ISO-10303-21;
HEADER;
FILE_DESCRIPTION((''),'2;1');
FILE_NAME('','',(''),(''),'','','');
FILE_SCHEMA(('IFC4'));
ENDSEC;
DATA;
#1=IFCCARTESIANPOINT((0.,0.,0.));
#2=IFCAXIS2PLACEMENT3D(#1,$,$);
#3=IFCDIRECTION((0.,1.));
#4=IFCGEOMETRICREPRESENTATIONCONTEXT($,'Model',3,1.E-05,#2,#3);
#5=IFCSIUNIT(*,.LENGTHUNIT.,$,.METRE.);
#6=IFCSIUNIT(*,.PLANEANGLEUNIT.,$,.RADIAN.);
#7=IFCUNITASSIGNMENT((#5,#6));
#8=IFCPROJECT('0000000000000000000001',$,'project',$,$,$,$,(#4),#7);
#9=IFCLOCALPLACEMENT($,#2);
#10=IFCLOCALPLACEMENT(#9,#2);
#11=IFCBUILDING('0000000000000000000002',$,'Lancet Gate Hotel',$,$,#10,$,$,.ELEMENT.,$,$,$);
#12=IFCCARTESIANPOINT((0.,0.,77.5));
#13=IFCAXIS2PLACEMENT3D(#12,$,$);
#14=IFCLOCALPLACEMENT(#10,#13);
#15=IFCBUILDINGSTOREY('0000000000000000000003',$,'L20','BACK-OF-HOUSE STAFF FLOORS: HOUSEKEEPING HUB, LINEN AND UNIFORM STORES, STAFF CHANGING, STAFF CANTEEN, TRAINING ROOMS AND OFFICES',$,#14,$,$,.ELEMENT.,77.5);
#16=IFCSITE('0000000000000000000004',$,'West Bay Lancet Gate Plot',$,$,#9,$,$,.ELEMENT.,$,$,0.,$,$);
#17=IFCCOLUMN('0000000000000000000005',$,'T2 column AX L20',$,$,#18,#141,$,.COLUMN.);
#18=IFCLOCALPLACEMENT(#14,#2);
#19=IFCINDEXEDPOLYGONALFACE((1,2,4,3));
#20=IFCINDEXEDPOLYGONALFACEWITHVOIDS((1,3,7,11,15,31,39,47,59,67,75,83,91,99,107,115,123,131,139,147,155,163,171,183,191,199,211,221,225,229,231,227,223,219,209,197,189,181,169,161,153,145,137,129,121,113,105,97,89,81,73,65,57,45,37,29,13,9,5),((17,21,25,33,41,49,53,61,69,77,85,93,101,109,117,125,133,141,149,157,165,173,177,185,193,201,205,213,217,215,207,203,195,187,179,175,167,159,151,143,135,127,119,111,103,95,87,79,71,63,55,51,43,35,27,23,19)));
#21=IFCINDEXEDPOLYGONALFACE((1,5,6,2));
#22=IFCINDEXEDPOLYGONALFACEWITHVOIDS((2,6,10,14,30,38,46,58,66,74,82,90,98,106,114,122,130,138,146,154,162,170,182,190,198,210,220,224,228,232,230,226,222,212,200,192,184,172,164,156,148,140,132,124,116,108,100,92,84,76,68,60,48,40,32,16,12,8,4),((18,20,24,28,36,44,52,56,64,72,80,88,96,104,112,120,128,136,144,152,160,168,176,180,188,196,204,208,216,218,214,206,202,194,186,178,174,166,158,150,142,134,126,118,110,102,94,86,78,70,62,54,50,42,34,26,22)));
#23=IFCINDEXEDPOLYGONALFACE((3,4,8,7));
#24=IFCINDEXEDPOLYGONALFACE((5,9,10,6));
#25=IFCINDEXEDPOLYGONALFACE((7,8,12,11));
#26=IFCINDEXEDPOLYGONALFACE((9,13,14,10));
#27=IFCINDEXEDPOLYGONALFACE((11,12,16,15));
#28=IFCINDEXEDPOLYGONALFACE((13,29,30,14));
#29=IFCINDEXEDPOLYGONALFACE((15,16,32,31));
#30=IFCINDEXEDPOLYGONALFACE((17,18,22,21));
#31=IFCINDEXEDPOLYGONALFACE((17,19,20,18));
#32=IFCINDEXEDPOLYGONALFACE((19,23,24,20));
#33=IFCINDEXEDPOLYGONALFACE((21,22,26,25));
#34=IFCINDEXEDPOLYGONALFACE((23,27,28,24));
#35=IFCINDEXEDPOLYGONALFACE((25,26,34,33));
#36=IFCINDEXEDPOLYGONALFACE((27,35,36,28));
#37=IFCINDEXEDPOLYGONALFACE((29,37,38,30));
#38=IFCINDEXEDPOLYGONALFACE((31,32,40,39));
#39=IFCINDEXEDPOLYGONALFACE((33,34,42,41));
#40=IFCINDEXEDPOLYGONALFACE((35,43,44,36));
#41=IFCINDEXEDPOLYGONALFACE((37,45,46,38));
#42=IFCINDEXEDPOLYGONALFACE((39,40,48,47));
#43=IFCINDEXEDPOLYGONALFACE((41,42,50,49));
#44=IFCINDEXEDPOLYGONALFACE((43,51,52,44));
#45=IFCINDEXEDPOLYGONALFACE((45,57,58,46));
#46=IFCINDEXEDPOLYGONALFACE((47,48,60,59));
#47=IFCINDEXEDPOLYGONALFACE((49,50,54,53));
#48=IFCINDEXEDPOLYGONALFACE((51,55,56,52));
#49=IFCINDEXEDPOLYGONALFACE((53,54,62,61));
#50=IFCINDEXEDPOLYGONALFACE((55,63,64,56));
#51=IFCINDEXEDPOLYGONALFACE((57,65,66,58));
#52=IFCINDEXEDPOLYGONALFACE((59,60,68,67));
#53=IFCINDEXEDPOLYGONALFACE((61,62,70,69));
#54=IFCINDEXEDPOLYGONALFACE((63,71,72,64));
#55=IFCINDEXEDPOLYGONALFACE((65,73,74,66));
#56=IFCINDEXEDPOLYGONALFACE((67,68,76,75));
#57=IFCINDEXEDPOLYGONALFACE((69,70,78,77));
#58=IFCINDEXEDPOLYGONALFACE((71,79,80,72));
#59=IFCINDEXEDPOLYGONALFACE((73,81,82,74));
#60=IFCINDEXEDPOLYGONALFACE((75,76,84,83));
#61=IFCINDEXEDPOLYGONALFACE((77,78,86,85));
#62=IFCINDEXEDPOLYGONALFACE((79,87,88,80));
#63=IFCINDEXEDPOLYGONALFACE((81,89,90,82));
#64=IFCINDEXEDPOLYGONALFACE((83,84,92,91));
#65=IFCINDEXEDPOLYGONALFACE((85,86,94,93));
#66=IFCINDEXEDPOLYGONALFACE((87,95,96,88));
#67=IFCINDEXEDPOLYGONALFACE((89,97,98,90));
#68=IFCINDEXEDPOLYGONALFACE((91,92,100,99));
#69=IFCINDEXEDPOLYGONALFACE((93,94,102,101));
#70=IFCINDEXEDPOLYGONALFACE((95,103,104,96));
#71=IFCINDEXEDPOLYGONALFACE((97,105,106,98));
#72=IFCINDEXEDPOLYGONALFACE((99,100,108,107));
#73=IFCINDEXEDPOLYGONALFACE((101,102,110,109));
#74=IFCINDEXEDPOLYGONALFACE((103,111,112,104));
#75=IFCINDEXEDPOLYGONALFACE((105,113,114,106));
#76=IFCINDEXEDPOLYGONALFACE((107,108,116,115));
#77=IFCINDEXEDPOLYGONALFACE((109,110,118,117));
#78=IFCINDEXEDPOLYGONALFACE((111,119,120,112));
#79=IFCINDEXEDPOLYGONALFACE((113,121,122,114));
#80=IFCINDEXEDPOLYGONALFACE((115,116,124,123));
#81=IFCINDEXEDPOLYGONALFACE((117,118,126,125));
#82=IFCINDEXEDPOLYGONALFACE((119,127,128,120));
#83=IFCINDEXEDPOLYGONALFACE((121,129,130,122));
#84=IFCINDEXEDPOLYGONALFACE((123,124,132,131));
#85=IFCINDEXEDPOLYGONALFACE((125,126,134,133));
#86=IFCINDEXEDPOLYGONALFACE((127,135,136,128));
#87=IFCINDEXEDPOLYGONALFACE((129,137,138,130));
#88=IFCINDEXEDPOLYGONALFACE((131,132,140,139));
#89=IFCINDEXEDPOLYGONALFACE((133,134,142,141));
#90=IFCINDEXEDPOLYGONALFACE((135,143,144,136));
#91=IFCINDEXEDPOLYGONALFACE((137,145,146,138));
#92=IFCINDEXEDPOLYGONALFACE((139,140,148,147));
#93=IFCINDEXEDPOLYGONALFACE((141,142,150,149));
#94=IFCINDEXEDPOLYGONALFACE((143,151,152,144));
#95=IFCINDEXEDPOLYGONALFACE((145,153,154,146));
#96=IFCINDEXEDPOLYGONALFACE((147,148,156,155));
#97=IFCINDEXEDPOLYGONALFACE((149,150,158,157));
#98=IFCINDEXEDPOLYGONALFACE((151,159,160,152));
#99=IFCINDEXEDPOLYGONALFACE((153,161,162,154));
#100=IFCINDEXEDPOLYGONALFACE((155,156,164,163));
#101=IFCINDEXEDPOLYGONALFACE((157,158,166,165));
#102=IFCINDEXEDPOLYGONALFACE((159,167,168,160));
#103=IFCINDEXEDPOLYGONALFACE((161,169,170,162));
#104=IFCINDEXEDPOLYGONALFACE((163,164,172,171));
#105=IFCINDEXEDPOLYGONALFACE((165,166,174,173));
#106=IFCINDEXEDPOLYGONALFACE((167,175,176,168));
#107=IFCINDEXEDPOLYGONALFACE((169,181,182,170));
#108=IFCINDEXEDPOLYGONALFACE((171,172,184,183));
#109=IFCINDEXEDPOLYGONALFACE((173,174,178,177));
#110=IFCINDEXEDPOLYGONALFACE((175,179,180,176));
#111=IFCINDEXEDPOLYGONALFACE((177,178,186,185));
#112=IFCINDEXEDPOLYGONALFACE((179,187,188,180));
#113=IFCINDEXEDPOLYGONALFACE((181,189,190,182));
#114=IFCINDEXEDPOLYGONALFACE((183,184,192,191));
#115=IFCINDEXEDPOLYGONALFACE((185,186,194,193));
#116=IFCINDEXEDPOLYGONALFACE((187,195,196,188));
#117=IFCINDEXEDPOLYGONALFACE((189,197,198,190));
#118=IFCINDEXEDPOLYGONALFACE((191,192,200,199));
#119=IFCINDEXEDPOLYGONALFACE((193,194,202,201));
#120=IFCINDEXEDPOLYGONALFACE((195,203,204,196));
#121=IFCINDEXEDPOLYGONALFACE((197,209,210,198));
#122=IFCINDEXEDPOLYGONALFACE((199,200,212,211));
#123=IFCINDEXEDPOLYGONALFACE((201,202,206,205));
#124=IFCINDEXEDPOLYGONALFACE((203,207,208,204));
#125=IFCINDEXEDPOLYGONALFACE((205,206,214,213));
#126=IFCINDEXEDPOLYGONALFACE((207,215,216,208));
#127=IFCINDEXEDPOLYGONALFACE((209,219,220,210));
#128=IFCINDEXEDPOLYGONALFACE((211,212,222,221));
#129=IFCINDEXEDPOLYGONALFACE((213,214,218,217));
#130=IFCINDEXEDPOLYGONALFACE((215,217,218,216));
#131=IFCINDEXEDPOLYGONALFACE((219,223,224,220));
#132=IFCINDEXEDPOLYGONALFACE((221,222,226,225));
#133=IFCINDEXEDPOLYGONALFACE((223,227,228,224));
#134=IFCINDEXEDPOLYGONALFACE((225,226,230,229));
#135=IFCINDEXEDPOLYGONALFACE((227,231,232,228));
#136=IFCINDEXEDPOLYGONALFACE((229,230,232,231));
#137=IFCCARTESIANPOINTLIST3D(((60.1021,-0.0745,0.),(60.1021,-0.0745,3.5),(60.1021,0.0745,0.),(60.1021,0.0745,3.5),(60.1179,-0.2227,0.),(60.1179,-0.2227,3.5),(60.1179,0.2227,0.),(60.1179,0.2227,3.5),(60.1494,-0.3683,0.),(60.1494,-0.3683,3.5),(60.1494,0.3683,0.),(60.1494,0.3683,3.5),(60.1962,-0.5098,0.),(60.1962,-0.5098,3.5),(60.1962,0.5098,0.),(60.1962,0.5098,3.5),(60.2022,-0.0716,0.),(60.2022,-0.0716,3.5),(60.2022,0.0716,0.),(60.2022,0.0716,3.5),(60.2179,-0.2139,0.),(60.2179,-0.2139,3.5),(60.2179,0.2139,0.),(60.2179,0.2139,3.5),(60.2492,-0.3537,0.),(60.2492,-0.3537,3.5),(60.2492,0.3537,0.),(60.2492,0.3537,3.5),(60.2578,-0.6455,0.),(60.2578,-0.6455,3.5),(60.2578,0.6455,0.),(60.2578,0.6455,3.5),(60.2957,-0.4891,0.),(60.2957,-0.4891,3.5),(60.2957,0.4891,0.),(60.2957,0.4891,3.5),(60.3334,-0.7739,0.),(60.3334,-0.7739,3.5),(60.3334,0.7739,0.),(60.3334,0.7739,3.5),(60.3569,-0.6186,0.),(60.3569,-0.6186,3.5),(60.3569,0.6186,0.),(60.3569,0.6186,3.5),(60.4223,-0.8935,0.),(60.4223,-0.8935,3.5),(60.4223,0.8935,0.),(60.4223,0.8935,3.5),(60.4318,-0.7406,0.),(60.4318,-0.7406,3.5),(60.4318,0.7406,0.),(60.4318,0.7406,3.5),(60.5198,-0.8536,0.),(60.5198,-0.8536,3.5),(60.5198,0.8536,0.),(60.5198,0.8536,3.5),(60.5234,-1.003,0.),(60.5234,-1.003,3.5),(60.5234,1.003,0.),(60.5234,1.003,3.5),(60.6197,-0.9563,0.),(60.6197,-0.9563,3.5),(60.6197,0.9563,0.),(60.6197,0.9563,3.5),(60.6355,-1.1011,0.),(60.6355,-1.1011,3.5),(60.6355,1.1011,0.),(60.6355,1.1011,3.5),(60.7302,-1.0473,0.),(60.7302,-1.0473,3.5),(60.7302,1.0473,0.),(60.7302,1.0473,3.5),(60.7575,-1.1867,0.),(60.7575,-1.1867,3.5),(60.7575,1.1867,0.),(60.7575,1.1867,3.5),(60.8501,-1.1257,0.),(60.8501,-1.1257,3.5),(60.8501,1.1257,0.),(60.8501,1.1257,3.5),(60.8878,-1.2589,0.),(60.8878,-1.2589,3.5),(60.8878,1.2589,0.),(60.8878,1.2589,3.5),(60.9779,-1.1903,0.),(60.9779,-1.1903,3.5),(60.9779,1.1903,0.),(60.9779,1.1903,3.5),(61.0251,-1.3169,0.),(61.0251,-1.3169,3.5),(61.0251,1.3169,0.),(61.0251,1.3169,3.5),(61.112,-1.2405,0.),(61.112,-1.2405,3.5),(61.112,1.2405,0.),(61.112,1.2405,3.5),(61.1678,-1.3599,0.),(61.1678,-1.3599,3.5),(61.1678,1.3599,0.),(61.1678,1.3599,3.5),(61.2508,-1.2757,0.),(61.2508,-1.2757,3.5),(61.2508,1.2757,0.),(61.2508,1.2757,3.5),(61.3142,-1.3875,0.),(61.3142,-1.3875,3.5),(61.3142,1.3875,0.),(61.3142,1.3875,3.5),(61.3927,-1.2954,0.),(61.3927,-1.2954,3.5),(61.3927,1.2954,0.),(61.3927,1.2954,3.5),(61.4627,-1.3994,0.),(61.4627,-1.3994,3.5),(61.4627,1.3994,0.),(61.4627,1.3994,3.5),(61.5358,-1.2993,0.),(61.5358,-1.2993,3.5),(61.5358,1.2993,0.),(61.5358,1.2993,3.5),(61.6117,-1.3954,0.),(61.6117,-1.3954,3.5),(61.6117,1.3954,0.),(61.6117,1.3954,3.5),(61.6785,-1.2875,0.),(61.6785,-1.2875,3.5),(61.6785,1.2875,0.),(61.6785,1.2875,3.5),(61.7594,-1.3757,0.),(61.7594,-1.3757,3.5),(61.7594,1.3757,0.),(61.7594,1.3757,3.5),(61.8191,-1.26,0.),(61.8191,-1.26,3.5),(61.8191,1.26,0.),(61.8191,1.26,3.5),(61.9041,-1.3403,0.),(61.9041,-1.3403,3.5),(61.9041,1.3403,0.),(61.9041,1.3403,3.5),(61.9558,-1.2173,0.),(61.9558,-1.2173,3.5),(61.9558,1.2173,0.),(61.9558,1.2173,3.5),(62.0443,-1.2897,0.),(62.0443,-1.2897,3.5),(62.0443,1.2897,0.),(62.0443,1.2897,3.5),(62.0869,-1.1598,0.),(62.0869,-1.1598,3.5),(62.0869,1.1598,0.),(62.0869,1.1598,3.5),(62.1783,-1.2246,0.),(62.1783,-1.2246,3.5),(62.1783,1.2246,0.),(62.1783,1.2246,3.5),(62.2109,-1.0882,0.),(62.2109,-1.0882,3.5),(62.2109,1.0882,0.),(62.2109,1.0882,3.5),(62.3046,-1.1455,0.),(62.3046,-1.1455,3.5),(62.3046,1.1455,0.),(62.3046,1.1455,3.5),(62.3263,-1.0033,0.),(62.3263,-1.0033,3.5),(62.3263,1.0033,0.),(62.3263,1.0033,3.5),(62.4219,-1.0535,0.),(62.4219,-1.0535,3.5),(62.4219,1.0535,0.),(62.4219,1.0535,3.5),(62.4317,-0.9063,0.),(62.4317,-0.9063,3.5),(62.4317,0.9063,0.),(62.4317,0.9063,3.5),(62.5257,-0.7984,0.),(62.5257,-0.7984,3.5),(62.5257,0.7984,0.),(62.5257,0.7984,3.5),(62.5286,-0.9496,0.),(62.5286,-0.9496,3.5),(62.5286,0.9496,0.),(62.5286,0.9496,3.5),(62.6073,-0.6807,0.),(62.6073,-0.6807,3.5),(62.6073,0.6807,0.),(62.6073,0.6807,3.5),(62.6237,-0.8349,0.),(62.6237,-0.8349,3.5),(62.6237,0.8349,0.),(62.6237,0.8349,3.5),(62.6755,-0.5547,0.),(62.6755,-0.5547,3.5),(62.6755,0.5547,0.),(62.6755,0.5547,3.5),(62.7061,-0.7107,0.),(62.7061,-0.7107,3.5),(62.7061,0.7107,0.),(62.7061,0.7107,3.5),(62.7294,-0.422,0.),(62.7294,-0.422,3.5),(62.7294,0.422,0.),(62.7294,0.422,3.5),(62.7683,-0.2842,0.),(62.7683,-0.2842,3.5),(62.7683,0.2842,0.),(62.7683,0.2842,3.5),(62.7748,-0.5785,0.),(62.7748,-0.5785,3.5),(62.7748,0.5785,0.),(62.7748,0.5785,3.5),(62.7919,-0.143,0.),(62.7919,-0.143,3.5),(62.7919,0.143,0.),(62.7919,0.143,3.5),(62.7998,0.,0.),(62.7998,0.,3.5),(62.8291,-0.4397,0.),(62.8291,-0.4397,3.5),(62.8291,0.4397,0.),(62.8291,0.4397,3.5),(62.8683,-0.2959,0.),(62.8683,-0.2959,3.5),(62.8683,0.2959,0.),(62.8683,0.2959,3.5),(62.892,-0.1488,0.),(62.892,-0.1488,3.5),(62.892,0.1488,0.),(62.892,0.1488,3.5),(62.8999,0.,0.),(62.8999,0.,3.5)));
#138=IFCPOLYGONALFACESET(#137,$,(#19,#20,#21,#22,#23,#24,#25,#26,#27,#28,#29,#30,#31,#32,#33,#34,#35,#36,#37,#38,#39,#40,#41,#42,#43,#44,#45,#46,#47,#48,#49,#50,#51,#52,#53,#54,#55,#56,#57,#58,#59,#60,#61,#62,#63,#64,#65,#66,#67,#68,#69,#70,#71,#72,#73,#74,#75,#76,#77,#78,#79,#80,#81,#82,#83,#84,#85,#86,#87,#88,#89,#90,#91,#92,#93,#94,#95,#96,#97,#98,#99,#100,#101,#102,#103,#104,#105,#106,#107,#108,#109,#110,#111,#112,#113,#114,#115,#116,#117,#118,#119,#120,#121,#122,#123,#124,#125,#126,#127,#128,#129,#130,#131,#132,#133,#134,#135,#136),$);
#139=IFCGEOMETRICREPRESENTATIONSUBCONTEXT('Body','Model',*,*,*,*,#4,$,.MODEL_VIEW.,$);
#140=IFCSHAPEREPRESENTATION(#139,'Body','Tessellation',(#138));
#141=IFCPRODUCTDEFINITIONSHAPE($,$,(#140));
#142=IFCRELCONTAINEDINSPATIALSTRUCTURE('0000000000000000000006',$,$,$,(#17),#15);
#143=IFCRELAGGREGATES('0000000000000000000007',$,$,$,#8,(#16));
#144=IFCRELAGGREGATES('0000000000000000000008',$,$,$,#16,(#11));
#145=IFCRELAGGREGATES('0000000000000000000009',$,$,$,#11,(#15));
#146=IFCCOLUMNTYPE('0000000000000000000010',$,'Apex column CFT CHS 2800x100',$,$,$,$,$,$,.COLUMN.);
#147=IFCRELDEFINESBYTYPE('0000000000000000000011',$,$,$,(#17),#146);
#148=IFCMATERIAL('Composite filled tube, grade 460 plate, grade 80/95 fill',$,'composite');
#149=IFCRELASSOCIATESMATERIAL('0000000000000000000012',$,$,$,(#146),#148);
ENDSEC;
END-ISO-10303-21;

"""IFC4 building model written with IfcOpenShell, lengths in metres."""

from ifc_helpers import new_model, si_unit, direction, frame, origin, origin_2d, place, context, subcontext, project, spatial, hollow_circle, extrude, material, material_profile, profile_set, type_object, element, save


model = new_model("IFC4")

# Units and contexts
model_context = context("Model", 3, precision=1e-05, world=origin(), true_north=direction((0.0, 1.0)))
body_context = subcontext(model_context, "Body", "Model", "MODEL_VIEW")
ifc_project = project(units=[si_unit("LENGTHUNIT", "METRE"), si_unit("PLANEANGLEUNIT", "RADIAN")], contexts=[model_context])

# Site, building, storey
site_placement = place(None, origin())
site = spatial("IfcSite", under=ifc_project, at=site_placement, Name="West Bay Lancet Gate Plot", CompositionType="ELEMENT", RefElevation=0.0)
building_placement = place(site_placement, origin())
building = spatial("IfcBuilding", under=site, at=building_placement, Name="Lancet Gate Hotel", CompositionType="ELEMENT")
storey_placement = place(building_placement, frame((0.0, 0.0, 77.5)))
storey = spatial("IfcBuildingStorey", under=building, at=storey_placement, Name="L20", Description="BACK-OF-HOUSE STAFF FLOORS: HOUSEKEEPING HUB, LINEN AND UNIFORM STORES, STAFF CHANGING, STAFF CANTEEN, TRAINING ROOMS AND OFFICES", CompositionType="ELEMENT", Elevation=77.5)

# Column
ifc_material_1 = material(Name="Composite filled tube, grade 460 plate, grade 80/95 fill", Category="composite")
ifc_material_profile_1 = material_profile(ifc_material_1, hollow_circle(Radius=1.3999, WallThickness=0.1001, at=origin_2d()), Name="CHS 2800x100")
ifc_profile_set_1 = profile_set([ifc_material_profile_1], Name="Composite filled tube, grade 460 plate, grade 80/95 fill")
column_type_1 = type_object("IfcColumnType", Name="Apex column CFT CHS 2800x100", PredefinedType="COLUMN", material=ifc_profile_set_1)
column_1_placement = place(storey_placement, frame((61.5, 0.0, 0.0), z_axis=(0.0, 0.0, 1.0), x_axis=(1.0, 0.0, 0.0)))
element("IfcColumn", 1, at=column_1_placement, inside=storey, type_object=column_type_1, Name="T2 column AX L20", PredefinedType="COLUMN", context=body_context, shape_type="SweptSolid", body=[
    extrude(hollow_circle(Radius=1.3999, WallThickness=0.1001, at=origin_2d()), origin(), (0.0, 0.0, 1.0), 3.5),
])

save(model, "model.ifc")
